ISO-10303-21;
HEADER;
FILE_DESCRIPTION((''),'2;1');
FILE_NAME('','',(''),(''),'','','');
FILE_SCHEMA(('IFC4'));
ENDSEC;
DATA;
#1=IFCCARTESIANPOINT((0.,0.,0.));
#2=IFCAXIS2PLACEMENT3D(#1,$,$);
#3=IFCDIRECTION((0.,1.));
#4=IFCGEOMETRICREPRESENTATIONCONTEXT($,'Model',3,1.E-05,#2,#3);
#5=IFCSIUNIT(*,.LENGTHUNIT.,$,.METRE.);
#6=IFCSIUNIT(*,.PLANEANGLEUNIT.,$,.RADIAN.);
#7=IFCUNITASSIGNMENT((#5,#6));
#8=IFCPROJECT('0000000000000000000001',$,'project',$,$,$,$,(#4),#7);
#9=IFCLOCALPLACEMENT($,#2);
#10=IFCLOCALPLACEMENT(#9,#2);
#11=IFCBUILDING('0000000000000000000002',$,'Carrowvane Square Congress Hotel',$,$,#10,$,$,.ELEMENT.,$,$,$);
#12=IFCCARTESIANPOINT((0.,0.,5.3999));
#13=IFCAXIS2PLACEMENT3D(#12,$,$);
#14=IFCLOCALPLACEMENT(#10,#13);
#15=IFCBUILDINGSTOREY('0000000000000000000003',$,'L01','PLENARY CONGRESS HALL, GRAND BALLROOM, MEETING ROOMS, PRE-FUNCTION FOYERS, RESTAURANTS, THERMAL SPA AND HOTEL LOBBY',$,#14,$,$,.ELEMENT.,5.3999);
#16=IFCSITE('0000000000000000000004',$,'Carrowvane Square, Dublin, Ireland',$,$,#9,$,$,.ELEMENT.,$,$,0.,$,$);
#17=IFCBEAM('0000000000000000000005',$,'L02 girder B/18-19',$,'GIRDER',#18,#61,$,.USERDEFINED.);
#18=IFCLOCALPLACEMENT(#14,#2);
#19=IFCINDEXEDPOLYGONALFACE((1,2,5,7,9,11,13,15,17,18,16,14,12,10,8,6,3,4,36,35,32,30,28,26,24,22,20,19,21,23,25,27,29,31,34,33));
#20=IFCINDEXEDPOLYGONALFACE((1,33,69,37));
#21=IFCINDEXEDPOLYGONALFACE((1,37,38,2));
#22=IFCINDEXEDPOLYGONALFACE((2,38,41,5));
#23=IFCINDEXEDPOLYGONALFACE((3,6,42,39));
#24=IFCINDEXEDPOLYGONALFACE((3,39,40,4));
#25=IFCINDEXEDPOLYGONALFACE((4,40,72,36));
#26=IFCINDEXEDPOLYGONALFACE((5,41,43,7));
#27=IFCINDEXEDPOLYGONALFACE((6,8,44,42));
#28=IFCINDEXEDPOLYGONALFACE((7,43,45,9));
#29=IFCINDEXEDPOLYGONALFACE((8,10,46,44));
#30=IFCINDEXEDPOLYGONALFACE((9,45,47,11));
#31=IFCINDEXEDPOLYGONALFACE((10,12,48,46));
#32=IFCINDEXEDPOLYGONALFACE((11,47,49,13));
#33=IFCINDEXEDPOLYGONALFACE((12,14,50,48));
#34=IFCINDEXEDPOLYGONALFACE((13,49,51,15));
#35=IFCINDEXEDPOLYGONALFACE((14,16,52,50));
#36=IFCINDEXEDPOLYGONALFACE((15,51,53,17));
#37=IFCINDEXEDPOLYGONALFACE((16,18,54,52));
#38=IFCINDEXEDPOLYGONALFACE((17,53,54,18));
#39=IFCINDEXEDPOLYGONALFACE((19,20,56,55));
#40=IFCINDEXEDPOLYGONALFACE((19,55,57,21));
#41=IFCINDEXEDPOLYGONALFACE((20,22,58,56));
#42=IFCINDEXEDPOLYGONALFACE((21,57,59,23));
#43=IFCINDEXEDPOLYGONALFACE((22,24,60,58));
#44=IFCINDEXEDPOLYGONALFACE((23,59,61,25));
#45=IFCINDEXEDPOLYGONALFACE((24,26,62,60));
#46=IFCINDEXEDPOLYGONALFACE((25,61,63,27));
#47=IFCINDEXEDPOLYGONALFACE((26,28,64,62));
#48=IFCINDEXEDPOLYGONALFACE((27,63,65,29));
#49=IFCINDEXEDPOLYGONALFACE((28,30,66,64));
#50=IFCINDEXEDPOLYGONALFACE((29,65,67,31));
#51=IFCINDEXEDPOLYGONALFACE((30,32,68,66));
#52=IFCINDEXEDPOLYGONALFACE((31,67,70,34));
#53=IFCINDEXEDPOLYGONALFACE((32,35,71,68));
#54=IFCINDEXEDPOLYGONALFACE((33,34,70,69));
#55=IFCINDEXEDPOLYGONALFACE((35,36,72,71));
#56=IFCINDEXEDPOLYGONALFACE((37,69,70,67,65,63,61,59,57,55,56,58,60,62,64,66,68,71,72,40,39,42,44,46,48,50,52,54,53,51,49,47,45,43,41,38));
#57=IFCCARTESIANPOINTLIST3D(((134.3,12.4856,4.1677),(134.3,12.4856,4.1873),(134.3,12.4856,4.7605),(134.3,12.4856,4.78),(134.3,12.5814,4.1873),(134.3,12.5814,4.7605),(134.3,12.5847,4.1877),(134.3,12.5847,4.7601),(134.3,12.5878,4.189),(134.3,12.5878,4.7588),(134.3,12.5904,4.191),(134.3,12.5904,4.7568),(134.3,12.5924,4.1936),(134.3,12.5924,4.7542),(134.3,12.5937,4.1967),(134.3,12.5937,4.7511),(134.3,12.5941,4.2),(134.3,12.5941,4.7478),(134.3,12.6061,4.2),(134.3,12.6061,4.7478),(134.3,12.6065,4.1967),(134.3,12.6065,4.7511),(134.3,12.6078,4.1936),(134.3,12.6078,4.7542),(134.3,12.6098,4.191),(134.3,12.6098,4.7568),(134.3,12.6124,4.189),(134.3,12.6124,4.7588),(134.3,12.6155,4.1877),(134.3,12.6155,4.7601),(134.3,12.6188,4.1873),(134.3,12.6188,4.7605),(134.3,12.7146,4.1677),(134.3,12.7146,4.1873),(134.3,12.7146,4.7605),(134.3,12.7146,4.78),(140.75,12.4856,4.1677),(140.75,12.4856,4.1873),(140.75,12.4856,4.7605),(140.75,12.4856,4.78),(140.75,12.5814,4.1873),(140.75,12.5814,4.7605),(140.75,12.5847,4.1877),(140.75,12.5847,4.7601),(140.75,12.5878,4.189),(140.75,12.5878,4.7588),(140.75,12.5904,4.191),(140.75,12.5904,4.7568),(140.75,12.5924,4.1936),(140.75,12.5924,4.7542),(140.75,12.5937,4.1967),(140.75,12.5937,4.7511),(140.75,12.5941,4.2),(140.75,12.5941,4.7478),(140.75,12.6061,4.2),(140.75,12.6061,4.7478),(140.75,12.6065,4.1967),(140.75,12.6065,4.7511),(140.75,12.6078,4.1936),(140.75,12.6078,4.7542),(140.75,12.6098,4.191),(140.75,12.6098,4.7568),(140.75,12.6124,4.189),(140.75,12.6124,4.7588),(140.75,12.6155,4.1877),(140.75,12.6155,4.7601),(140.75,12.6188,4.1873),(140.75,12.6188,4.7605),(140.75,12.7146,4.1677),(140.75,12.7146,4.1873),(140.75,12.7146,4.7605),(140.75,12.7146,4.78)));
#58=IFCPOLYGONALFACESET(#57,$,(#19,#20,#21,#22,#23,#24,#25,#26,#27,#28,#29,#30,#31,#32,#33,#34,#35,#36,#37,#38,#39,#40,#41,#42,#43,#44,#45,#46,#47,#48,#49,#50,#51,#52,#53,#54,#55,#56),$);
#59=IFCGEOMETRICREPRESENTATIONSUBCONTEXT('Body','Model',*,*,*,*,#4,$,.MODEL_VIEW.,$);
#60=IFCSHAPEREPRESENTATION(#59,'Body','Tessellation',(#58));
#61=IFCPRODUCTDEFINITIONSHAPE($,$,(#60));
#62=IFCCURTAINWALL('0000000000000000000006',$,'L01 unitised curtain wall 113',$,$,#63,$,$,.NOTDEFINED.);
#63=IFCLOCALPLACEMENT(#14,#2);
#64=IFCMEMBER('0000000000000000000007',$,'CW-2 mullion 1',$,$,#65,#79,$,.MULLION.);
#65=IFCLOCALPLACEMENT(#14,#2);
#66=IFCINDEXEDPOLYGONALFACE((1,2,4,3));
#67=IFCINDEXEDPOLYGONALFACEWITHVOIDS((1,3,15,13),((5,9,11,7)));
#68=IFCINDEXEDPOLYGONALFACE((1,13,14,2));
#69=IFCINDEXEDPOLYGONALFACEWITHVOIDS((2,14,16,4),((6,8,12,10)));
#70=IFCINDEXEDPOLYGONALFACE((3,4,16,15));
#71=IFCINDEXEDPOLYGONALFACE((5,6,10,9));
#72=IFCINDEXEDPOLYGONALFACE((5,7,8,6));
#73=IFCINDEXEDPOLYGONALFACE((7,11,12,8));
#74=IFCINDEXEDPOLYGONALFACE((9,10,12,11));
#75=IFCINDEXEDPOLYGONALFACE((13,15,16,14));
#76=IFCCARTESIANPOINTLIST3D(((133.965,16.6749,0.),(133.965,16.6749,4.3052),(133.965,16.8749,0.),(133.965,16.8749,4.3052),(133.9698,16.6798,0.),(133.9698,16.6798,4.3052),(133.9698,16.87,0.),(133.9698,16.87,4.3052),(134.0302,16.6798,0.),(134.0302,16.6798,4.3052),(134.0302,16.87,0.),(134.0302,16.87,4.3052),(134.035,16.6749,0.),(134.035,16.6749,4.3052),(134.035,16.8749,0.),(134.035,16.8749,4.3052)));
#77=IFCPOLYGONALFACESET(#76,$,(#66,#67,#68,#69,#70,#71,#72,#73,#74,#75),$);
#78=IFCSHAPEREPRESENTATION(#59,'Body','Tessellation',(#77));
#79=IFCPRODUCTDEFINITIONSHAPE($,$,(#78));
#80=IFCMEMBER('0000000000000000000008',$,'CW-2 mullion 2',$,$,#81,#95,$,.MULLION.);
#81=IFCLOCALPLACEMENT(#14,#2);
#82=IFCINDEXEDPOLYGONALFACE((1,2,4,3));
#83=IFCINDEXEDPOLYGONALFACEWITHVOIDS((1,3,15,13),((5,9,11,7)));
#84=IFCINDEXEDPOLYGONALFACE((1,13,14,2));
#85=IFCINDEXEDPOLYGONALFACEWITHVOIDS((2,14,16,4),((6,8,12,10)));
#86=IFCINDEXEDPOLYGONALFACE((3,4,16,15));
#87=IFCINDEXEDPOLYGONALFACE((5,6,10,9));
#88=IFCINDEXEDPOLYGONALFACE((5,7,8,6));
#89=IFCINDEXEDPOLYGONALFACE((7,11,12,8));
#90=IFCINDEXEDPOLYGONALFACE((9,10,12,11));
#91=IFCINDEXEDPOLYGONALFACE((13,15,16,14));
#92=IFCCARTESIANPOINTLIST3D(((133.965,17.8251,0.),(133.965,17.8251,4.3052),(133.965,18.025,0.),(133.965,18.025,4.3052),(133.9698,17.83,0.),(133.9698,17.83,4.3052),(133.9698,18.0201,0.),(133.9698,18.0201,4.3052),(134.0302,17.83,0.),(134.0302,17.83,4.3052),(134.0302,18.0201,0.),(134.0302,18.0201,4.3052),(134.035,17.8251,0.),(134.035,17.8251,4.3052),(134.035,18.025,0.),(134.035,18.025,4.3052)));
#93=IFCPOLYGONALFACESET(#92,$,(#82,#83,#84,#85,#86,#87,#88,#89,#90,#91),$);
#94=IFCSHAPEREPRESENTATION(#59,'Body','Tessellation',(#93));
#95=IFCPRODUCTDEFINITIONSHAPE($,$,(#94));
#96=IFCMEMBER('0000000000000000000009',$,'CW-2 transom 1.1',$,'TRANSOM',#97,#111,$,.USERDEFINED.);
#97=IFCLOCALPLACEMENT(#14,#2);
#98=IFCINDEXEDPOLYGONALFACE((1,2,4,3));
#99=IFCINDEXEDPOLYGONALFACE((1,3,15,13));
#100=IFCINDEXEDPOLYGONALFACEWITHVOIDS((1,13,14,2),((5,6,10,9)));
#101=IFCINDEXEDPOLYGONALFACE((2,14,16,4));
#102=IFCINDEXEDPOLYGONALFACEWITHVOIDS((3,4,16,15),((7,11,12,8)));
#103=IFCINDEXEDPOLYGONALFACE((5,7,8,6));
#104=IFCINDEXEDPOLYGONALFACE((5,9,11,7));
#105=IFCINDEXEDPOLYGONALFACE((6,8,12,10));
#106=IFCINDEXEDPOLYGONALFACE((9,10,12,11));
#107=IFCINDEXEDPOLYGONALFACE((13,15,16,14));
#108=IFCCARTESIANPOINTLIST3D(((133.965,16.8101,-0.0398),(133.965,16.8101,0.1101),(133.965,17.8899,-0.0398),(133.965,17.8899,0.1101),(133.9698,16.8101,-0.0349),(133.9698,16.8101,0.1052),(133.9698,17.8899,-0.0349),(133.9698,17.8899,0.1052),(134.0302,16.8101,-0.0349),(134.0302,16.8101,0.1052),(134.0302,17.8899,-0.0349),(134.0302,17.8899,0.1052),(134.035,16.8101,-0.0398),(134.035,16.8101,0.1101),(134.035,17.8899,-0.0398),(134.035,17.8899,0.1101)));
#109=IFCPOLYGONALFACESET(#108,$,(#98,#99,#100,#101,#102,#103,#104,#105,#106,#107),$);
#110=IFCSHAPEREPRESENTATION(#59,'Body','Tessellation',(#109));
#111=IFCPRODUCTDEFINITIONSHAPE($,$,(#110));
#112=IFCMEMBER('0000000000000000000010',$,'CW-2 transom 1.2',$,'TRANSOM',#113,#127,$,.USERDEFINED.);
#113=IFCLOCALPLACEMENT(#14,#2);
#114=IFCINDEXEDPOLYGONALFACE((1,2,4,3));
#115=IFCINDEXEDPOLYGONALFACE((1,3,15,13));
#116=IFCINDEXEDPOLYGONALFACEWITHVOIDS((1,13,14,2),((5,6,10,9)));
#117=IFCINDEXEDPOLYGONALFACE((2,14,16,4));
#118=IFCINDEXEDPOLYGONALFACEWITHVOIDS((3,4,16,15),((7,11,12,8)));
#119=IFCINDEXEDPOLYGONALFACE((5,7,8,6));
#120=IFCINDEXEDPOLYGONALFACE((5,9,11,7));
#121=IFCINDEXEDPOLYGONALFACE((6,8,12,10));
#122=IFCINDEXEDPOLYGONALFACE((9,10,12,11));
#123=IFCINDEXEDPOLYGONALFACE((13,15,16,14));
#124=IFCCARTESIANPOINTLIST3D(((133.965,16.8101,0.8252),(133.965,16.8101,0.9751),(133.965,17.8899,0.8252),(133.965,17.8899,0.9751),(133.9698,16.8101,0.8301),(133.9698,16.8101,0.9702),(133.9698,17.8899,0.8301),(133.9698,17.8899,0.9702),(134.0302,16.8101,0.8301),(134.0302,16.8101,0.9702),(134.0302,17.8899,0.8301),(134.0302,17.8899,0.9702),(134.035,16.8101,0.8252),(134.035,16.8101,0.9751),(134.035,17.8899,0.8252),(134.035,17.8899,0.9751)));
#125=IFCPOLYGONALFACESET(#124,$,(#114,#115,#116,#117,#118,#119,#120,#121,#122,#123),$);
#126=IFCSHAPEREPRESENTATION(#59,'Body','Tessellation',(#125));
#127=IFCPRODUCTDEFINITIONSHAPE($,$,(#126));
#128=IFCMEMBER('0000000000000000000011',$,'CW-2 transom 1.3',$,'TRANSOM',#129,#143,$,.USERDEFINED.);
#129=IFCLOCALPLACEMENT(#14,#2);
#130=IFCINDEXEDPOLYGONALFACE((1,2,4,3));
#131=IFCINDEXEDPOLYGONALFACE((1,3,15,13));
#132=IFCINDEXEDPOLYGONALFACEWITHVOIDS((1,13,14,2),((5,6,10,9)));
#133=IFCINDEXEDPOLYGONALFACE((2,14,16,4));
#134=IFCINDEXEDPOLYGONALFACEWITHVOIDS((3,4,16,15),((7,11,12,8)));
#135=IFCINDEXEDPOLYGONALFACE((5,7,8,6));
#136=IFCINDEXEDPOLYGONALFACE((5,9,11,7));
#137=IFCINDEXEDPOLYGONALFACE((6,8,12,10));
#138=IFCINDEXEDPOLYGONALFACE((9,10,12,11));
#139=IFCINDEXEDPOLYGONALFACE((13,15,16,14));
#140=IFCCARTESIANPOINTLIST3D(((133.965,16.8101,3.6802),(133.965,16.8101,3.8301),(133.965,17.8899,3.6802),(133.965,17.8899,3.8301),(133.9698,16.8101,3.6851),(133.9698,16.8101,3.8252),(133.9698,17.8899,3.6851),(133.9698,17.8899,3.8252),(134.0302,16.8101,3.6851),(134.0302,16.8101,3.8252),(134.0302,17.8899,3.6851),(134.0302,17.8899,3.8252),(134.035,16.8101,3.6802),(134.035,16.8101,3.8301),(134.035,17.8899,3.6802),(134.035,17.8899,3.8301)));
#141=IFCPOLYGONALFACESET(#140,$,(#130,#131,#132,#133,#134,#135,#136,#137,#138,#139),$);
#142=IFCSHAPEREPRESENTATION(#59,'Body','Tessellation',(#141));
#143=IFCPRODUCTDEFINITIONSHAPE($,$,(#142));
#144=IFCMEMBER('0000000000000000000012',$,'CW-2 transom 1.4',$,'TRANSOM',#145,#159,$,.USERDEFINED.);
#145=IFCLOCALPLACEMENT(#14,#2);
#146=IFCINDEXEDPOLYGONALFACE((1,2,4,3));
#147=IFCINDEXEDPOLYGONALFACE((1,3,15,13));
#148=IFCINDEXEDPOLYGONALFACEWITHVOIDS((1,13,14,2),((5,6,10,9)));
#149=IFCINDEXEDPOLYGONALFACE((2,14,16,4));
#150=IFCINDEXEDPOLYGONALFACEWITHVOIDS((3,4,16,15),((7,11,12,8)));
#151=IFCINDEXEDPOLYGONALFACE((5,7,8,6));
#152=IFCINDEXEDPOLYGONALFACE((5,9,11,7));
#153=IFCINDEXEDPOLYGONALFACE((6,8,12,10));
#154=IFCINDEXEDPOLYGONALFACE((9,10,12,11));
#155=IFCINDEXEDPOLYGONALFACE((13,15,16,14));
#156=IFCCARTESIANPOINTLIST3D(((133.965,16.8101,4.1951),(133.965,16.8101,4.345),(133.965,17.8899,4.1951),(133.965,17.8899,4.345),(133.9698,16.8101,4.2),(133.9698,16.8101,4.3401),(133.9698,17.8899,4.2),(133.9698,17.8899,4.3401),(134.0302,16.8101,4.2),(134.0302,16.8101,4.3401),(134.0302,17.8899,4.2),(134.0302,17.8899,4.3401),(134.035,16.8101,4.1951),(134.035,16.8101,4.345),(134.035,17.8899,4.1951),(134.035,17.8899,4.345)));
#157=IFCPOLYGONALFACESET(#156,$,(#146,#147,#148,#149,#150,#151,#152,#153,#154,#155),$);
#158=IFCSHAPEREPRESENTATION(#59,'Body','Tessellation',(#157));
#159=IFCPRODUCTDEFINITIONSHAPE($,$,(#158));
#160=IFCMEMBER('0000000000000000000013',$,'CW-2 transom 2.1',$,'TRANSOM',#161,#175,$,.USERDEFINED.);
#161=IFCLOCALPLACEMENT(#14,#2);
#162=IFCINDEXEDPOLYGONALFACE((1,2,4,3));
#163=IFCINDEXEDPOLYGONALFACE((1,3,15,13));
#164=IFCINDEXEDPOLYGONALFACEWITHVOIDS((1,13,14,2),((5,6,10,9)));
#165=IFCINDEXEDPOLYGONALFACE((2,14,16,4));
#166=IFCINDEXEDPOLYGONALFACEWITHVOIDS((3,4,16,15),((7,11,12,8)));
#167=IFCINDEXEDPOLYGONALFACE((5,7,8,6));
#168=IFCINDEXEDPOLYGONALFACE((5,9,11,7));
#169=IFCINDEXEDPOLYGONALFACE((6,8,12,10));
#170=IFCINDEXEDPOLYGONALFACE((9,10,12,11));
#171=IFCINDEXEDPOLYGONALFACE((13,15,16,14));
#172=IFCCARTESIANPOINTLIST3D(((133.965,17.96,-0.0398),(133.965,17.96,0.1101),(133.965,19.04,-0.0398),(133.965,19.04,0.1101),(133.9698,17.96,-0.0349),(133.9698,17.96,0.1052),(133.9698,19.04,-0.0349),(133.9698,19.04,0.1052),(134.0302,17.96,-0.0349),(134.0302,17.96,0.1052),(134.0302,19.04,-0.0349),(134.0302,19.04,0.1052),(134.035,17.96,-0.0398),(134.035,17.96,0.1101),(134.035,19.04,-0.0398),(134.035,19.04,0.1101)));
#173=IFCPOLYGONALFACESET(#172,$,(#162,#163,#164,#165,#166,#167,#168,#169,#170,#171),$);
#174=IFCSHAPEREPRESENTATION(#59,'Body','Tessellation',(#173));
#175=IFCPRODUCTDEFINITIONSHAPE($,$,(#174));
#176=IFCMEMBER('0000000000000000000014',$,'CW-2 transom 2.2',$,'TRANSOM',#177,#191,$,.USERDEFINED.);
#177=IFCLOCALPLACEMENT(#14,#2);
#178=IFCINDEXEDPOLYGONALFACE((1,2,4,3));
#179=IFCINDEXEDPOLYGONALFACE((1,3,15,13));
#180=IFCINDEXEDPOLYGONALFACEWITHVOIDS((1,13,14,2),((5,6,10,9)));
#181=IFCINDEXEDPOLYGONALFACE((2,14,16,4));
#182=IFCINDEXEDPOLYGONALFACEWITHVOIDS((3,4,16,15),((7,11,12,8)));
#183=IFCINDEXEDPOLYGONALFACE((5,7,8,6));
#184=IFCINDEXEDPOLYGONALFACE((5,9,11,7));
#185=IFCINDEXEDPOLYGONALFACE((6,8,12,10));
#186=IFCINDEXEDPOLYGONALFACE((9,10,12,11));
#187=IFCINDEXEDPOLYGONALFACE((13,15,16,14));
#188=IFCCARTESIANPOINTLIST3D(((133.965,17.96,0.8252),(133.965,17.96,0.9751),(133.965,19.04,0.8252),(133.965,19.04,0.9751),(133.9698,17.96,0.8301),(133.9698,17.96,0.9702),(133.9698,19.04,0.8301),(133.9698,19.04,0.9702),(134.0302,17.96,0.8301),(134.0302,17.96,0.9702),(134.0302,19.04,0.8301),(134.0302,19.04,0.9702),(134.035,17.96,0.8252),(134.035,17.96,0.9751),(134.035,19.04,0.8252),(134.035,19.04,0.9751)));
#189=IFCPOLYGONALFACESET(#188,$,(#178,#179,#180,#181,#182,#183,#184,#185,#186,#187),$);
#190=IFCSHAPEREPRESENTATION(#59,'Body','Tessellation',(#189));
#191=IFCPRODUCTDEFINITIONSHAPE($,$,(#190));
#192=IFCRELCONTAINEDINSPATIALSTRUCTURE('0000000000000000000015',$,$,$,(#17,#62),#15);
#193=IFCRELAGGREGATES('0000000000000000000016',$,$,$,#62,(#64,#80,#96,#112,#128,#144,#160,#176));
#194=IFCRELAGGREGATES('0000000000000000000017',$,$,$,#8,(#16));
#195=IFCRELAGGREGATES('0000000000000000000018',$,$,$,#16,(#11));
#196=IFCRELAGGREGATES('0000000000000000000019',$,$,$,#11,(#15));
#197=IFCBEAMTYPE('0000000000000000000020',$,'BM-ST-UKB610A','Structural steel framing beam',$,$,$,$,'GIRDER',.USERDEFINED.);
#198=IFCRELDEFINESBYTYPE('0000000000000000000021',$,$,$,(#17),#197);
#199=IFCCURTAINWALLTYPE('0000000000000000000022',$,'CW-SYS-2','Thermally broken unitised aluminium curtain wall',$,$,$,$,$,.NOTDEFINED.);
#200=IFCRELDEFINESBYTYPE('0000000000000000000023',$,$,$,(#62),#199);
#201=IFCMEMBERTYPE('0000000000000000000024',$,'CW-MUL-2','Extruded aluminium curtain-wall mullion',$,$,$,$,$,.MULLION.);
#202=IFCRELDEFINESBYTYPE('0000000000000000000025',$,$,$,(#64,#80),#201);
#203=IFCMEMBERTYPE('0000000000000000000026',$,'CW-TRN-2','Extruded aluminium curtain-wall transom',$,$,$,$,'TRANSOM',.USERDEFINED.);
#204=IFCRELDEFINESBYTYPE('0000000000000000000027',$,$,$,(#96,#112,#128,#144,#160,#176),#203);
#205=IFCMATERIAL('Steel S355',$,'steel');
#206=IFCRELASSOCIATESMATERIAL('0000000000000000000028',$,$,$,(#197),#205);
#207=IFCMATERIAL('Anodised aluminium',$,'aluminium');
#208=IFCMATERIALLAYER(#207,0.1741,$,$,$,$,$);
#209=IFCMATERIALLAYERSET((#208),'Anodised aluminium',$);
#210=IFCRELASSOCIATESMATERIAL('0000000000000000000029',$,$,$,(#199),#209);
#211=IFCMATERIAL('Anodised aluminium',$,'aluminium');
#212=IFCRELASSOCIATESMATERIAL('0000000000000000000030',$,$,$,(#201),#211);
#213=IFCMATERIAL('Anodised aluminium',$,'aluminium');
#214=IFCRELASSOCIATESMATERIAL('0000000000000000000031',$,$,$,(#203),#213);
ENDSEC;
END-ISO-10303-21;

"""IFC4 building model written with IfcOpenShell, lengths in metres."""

from ifc_helpers import new_model, si_unit, direction, frame, origin, origin_2d, place, context, subcontext, project, spatial, hollow_rectangle, i_section, extrude, material, layer, layer_set, material_profile, profile_set, type_object, element, aggregate, save


model = new_model("IFC4")

# Units and contexts
model_context = context("Model", 3, precision=1e-05, world=origin(), true_north=direction((0.0, 1.0)))
body_context = subcontext(model_context, "Body", "Model", "MODEL_VIEW")
ifc_project = project(units=[si_unit("LENGTHUNIT", "METRE"), si_unit("PLANEANGLEUNIT", "RADIAN")], contexts=[model_context])

# Site, building, storey
site_placement = place(None, origin())
site = spatial("IfcSite", under=ifc_project, at=site_placement, Name="Carrowvane Square, Dublin, Ireland", CompositionType="ELEMENT", RefElevation=0.0)
building_placement = place(site_placement, origin())
building = spatial("IfcBuilding", under=site, at=building_placement, Name="Carrowvane Square Congress Hotel", CompositionType="ELEMENT")
storey_placement = place(building_placement, frame((0.0, 0.0, 5.3999)))
storey = spatial("IfcBuildingStorey", under=building, at=storey_placement, Name="L01", Description="PLENARY CONGRESS HALL, GRAND BALLROOM, MEETING ROOMS, PRE-FUNCTION FOYERS, RESTAURANTS, THERMAL SPA AND HOTEL LOBBY", CompositionType="ELEMENT", Elevation=5.3999)

# Beam
ifc_material_1 = material(Name="Steel S355", Category="steel")
ifc_material_profile_1 = material_profile(ifc_material_1, i_section(OverallWidth=0.229, OverallDepth=0.6123, WebThickness=0.012, FlangeThickness=0.0195, FilletRadius=0.0127, at=origin_2d()), Name="UKB 610x229x125")
ifc_profile_set_1 = profile_set([ifc_material_profile_1], Name="Steel S355")
beam_type_1 = type_object("IfcBeamType", Name="BM-ST-UKB610A", Description="Structural steel framing beam", ElementType="GIRDER", PredefinedType="USERDEFINED", material=ifc_profile_set_1)
beam_1_placement = place(storey_placement, frame((134.3, 12.6001, 4.4739), z_axis=(1.0, 0.0, 0.0), x_axis=(0.0, 1.0, 0.0)))
element("IfcBeam", 1, at=beam_1_placement, inside=storey, type_object=beam_type_1, Name="L02 girder B/18-19", ObjectType="GIRDER", PredefinedType="USERDEFINED", context=body_context, shape_type="SweptSolid", body=[
    extrude(i_section(OverallWidth=0.229, OverallDepth=0.6123, WebThickness=0.012, FlangeThickness=0.0195, FilletRadius=0.0127, at=origin_2d()), origin(), (0.0, 0.0, 1.0), 6.45),
])

# Curtain wall, members
ifc_material_2 = material(Name="Anodised aluminium", Category="aluminium")
ifc_layer_1 = layer(ifc_material_2, 0.1741)
ifc_layer_set_1 = layer_set([ifc_layer_1], Name="Anodised aluminium")
curtain_wall_type = type_object("IfcCurtainWallType", Name="CW-SYS-2", Description="Thermally broken unitised aluminium curtain wall", PredefinedType="NOTDEFINED", material=ifc_layer_set_1)
curtain_wall_placement = place(storey_placement, origin())
curtain_wall = element("IfcCurtainWall", 2, at=curtain_wall_placement, inside=storey, type_object=curtain_wall_type, Name="L01 unitised curtain wall 113", PredefinedType="NOTDEFINED")
ifc_material_3 = material(Name="Anodised aluminium", Category="aluminium")
ifc_material_profile_2 = material_profile(ifc_material_3, hollow_rectangle(XDim=0.0701, YDim=0.2, WallThickness=0.0049, at=origin_2d()), Name="CW-ML 70x200x5")
ifc_profile_set_2 = profile_set([ifc_material_profile_2], Name="Anodised aluminium")
member_type_1 = type_object("IfcMemberType", Name="CW-MUL-2", Description="Extruded aluminium curtain-wall mullion", PredefinedType="MULLION", material=ifc_profile_set_2)
member_1_placement = place(storey_placement, frame((134.0, 16.7749, 0.0), z_axis=(0.0, 0.0, 1.0), x_axis=(-1.0, 0.0, 0.0)))
member_1 = element("IfcMember", 3, at=member_1_placement, type_object=member_type_1, Name="CW-2 mullion 1", PredefinedType="MULLION", context=body_context, shape_type="SweptSolid", body=[
    extrude(hollow_rectangle(XDim=0.0701, YDim=0.2, WallThickness=0.0049, at=origin_2d()), origin(), (0.0, 0.0, 1.0), 4.3052),
])
member_2_placement = place(storey_placement, frame((134.0, 17.925, 0.0), z_axis=(0.0, 0.0, 1.0), x_axis=(-1.0, 0.0, 0.0)))
member_2 = element("IfcMember", 4, at=member_2_placement, type_object=member_type_1, Name="CW-2 mullion 2", PredefinedType="MULLION", context=body_context, shape_type="SweptSolid", body=[
    extrude(hollow_rectangle(XDim=0.0701, YDim=0.2, WallThickness=0.0049, at=origin_2d()), origin(), (0.0, 0.0, 1.0), 4.3052),
])
ifc_material_4 = material(Name="Anodised aluminium", Category="aluminium")
ifc_material_profile_3 = material_profile(ifc_material_4, hollow_rectangle(XDim=0.0701, YDim=0.1499, WallThickness=0.0049, at=origin_2d()), Name="CW-TR 70x150x5")
ifc_profile_set_3 = profile_set([ifc_material_profile_3], Name="Anodised aluminium")
member_type_2 = type_object("IfcMemberType", Name="CW-TRN-2", Description="Extruded aluminium curtain-wall transom", ElementType="TRANSOM", PredefinedType="USERDEFINED", material=ifc_profile_set_3)
member_3_placement = place(storey_placement, frame((134.0, 16.8101, 0.0352), z_axis=(0.0, 1.0, 0.0), x_axis=(-1.0, 0.0, 0.0)))
member_3 = element("IfcMember", 5, at=member_3_placement, type_object=member_type_2, Name="CW-2 transom 1.1", ObjectType="TRANSOM", PredefinedType="USERDEFINED", context=body_context, shape_type="SweptSolid", body=[
    extrude(hollow_rectangle(XDim=0.0701, YDim=0.1499, WallThickness=0.0049, at=origin_2d()), origin(), (0.0, 0.0, 1.0), 1.0798),
])
member_4_placement = place(storey_placement, frame((134.0, 16.8101, 0.9001), z_axis=(0.0, 1.0, 0.0), x_axis=(-1.0, 0.0, 0.0)))
member_4 = element("IfcMember", 6, at=member_4_placement, type_object=member_type_2, Name="CW-2 transom 1.2", ObjectType="TRANSOM", PredefinedType="USERDEFINED", context=body_context, shape_type="SweptSolid", body=[
    extrude(hollow_rectangle(XDim=0.0701, YDim=0.1499, WallThickness=0.0049, at=origin_2d()), origin(), (0.0, 0.0, 1.0), 1.0798),
])
member_5_placement = place(storey_placement, frame((134.0, 16.8101, 3.7551), z_axis=(0.0, 1.0, 0.0), x_axis=(-1.0, 0.0, 0.0)))
member_5 = element("IfcMember", 7, at=member_5_placement, type_object=member_type_2, Name="CW-2 transom 1.3", ObjectType="TRANSOM", PredefinedType="USERDEFINED", context=body_context, shape_type="SweptSolid", body=[
    extrude(hollow_rectangle(XDim=0.0701, YDim=0.1499, WallThickness=0.0049, at=origin_2d()), origin(), (0.0, 0.0, 1.0), 1.0798),
])
member_6_placement = place(storey_placement, frame((134.0, 16.8101, 4.27), z_axis=(0.0, 1.0, 0.0), x_axis=(-1.0, 0.0, 0.0)))
member_6 = element("IfcMember", 8, at=member_6_placement, type_object=member_type_2, Name="CW-2 transom 1.4", ObjectType="TRANSOM", PredefinedType="USERDEFINED", context=body_context, shape_type="SweptSolid", body=[
    extrude(hollow_rectangle(XDim=0.0701, YDim=0.1499, WallThickness=0.0049, at=origin_2d()), origin(), (0.0, 0.0, 1.0), 1.0798),
])
member_7_placement = place(storey_placement, frame((134.0, 17.96, 0.0352), z_axis=(0.0, 1.0, 0.0), x_axis=(-1.0, 0.0, 0.0)))
member_7 = element("IfcMember", 9, at=member_7_placement, type_object=member_type_2, Name="CW-2 transom 2.1", ObjectType="TRANSOM", PredefinedType="USERDEFINED", context=body_context, shape_type="SweptSolid", body=[
    extrude(hollow_rectangle(XDim=0.0701, YDim=0.1499, WallThickness=0.0049, at=origin_2d()), origin(), (0.0, 0.0, 1.0), 1.0801),
])
member_8_placement = place(storey_placement, frame((134.0, 17.96, 0.9001), z_axis=(0.0, 1.0, 0.0), x_axis=(-1.0, 0.0, 0.0)))
member_8 = element("IfcMember", 10, at=member_8_placement, type_object=member_type_2, Name="CW-2 transom 2.2", ObjectType="TRANSOM", PredefinedType="USERDEFINED", context=body_context, shape_type="SweptSolid", body=[
    extrude(hollow_rectangle(XDim=0.0701, YDim=0.1499, WallThickness=0.0049, at=origin_2d()), origin(), (0.0, 0.0, 1.0), 1.0801),
])

aggregate(curtain_wall, [member_1, member_2, member_3, member_4, member_5, member_6, member_7, member_8])

save(model, "model.ifc")
